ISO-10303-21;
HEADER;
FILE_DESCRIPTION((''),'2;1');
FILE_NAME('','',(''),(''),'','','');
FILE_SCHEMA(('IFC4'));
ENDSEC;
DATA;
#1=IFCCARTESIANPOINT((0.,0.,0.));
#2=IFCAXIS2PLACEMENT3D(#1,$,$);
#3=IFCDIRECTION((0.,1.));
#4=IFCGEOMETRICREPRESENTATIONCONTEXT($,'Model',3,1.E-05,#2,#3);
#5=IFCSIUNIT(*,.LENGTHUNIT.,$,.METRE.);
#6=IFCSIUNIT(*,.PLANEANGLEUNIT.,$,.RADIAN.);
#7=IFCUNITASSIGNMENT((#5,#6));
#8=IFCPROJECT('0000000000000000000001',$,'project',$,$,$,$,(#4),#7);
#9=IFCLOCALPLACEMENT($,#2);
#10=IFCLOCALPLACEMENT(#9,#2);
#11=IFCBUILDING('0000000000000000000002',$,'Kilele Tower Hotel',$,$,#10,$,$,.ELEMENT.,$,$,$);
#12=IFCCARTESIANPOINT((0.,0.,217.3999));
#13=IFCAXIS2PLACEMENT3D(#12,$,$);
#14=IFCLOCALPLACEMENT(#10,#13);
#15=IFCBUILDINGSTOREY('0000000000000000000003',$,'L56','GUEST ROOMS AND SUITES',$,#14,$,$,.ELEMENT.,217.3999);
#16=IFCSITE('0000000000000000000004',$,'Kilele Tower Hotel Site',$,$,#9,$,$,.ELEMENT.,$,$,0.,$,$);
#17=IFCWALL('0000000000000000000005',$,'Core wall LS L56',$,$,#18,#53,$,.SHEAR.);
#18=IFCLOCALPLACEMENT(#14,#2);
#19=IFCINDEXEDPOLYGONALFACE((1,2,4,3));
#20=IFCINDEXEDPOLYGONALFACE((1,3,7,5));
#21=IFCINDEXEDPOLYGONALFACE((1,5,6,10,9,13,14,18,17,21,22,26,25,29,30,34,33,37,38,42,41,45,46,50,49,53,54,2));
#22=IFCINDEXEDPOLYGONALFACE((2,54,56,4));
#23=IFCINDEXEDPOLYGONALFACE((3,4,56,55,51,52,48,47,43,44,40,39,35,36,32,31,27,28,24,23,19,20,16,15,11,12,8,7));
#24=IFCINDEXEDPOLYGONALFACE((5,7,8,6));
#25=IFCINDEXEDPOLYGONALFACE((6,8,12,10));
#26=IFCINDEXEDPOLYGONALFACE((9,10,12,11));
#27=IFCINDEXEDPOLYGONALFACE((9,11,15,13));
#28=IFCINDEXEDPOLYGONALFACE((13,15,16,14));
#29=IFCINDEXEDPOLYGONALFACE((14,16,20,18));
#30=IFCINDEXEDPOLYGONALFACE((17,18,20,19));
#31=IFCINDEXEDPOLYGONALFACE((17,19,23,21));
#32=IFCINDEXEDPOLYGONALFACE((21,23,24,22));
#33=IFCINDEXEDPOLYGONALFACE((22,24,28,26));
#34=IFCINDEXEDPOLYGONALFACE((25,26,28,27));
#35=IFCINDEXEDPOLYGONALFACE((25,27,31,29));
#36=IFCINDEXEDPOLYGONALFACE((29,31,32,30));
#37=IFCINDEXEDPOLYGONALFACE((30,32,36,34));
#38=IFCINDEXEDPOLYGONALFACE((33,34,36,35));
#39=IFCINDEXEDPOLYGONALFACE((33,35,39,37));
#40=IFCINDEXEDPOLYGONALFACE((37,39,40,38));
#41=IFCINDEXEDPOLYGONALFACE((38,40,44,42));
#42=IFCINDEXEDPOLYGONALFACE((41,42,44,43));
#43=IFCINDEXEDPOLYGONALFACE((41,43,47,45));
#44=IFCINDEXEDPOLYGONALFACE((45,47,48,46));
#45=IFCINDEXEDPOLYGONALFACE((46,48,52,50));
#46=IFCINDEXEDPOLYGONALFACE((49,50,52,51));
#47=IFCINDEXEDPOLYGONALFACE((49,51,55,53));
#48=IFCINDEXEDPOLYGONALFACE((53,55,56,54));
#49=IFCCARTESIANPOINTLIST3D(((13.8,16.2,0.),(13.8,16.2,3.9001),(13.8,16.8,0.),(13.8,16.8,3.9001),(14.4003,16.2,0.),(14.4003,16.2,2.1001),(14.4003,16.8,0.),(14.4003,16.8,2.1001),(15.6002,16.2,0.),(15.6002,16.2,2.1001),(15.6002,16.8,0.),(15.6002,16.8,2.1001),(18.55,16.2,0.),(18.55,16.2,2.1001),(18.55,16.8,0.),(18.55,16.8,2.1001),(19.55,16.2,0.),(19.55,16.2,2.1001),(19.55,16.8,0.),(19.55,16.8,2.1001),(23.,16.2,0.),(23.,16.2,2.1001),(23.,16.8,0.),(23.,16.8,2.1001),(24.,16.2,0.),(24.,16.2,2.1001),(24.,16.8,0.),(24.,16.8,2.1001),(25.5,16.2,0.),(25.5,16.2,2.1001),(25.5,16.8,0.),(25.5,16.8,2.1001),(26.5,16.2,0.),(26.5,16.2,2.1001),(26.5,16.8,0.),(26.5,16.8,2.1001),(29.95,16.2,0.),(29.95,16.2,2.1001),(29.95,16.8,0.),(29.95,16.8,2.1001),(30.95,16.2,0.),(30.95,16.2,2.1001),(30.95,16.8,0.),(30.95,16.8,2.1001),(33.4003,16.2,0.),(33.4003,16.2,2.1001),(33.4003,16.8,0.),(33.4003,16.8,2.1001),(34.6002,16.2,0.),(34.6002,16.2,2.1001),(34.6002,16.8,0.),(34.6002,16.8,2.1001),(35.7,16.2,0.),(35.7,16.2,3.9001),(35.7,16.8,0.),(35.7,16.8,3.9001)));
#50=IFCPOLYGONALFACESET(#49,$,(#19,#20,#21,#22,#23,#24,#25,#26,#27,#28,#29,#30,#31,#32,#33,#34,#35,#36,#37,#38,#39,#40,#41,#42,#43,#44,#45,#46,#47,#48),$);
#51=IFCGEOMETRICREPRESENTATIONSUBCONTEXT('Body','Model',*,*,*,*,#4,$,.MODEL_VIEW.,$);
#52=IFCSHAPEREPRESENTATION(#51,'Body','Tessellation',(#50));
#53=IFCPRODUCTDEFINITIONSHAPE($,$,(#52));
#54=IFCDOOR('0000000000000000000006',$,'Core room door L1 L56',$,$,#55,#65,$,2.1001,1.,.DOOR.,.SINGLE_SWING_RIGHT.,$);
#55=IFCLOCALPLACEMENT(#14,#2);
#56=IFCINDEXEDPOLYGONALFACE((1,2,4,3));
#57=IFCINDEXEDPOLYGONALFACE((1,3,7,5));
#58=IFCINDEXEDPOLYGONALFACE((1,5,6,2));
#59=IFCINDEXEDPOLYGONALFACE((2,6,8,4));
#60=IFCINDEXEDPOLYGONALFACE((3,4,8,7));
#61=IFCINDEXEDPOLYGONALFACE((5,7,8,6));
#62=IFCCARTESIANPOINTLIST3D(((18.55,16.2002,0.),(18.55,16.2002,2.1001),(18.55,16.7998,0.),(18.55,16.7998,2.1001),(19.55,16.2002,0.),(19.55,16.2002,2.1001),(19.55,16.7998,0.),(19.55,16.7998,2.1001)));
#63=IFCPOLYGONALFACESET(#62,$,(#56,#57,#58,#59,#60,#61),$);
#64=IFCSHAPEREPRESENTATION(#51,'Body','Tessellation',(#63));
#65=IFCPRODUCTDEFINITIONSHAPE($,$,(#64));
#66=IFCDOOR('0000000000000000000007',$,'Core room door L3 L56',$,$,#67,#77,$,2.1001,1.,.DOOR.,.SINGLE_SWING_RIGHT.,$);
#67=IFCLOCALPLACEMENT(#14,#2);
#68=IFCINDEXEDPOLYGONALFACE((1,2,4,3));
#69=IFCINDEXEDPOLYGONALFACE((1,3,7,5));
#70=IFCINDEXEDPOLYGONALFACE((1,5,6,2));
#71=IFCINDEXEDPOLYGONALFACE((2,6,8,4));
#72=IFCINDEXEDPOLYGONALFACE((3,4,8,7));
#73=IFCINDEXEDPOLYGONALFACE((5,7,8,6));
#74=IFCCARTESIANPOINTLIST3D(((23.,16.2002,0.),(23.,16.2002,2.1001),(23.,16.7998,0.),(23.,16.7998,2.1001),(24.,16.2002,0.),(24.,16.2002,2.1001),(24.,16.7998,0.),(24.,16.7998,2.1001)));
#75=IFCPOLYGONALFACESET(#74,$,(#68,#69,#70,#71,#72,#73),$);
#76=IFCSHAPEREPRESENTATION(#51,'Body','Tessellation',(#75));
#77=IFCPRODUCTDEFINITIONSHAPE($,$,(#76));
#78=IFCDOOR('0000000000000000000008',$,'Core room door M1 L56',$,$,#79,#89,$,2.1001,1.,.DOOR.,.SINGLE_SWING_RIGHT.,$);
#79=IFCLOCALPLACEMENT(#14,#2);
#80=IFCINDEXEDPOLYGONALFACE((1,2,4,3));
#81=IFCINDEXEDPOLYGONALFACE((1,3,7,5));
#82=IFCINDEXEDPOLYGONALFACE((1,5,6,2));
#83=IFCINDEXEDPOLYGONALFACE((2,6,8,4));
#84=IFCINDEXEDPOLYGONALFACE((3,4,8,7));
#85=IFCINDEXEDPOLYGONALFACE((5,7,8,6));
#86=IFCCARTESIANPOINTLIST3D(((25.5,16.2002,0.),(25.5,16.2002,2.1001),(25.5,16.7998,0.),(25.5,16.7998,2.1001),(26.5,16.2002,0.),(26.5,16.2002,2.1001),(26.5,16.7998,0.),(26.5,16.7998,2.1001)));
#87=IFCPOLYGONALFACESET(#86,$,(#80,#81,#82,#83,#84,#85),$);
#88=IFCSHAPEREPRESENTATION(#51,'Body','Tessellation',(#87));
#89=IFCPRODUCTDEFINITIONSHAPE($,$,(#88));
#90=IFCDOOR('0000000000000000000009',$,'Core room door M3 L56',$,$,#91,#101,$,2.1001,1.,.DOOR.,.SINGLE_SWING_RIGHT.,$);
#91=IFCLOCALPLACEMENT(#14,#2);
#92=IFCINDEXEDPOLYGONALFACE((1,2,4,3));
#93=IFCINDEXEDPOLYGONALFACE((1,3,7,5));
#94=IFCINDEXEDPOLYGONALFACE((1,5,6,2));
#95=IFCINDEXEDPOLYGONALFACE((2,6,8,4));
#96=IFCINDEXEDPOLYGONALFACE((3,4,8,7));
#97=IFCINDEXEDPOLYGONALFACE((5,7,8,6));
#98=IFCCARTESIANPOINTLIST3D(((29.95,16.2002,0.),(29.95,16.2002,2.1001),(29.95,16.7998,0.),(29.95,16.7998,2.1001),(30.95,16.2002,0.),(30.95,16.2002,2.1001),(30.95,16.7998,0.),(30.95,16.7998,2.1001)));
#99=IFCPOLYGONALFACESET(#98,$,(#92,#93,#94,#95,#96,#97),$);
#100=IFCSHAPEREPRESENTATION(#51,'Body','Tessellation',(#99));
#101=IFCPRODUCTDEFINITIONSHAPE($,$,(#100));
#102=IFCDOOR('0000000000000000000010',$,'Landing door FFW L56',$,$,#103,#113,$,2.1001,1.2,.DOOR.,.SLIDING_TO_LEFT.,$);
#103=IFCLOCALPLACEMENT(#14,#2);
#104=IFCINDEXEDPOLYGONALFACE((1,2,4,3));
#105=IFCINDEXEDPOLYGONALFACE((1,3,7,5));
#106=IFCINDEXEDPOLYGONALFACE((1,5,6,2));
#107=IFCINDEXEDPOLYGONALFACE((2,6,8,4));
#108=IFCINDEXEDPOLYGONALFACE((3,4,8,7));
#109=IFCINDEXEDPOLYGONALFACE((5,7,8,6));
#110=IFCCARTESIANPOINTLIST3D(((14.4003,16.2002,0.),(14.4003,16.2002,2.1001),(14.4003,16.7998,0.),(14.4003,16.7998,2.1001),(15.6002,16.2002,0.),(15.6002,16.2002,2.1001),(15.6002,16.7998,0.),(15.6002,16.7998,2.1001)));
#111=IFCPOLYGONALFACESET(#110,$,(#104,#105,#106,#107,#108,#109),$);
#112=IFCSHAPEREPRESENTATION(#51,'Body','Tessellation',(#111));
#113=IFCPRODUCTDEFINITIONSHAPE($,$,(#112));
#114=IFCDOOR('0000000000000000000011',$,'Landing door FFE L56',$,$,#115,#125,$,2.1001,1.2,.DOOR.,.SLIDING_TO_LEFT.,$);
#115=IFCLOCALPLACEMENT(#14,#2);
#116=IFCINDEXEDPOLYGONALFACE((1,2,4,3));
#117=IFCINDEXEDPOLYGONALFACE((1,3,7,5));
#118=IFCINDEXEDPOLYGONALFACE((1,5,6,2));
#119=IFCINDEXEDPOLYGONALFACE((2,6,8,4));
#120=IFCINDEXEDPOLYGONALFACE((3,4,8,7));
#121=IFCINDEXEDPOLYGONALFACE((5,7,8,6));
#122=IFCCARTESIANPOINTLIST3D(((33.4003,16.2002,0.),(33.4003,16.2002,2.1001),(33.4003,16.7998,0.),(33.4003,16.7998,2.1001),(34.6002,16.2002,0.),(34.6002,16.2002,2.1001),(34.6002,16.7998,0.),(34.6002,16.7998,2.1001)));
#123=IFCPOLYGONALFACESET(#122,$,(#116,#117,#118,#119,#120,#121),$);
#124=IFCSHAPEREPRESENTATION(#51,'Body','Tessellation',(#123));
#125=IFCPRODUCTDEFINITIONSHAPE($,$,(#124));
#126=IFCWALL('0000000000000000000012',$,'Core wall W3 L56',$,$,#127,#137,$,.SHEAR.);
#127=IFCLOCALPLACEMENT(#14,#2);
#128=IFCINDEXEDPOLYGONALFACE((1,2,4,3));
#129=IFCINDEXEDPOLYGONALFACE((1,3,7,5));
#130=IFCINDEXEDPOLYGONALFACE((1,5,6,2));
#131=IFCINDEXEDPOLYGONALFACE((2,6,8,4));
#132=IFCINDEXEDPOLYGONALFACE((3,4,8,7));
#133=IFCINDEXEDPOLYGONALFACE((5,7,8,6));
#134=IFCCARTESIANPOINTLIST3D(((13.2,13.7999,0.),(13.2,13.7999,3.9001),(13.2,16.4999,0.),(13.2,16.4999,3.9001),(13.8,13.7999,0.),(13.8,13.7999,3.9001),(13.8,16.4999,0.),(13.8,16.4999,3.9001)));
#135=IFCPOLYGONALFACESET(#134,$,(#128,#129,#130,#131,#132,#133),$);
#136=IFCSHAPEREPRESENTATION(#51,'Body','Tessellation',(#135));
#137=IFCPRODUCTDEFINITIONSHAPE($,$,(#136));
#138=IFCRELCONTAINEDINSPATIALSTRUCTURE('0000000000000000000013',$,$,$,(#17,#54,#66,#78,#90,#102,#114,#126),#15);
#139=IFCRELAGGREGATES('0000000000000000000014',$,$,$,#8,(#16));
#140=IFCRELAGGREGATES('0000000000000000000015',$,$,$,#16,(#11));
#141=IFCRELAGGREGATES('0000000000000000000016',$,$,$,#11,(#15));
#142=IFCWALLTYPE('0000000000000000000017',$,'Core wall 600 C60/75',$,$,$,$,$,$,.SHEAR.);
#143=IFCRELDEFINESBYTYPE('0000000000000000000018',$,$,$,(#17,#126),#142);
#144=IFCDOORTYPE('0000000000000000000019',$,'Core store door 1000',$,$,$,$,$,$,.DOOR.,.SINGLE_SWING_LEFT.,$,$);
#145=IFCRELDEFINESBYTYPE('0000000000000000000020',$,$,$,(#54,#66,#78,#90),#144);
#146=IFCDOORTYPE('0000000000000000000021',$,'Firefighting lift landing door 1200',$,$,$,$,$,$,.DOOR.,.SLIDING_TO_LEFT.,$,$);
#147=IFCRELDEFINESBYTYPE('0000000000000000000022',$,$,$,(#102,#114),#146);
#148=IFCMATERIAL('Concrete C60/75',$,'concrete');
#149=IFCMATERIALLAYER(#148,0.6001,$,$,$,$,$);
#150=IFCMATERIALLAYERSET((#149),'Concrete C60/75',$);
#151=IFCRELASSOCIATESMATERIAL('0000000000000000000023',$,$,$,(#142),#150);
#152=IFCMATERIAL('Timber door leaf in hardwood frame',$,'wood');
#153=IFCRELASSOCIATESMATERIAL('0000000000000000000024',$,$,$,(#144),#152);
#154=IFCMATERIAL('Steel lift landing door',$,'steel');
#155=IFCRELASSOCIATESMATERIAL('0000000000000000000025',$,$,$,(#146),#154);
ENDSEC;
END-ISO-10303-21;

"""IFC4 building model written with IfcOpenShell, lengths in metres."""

from ifc_helpers import new_model, si_unit, direction, frame, frame_2d, origin, place, context, subcontext, project, spatial, rectangle, extrude, material, layer, layer_set, type_object, element, fill, save


model = new_model("IFC4")

# Units and contexts
model_context = context("Model", 3, precision=1e-05, world=origin(), true_north=direction((0.0, 1.0)))
body_context = subcontext(model_context, "Body", "Model", "MODEL_VIEW")
ifc_project = project(units=[si_unit("LENGTHUNIT", "METRE"), si_unit("PLANEANGLEUNIT", "RADIAN")], contexts=[model_context])

# Site, building, storey
site_placement = place(None, origin())
site = spatial("IfcSite", under=ifc_project, at=site_placement, Name="Kilele Tower Hotel Site", CompositionType="ELEMENT", RefElevation=0.0)
building_placement = place(site_placement, origin())
building = spatial("IfcBuilding", under=site, at=building_placement, Name="Kilele Tower Hotel", CompositionType="ELEMENT")
storey_placement = place(building_placement, frame((0.0, 0.0, 217.3999)))
storey = spatial("IfcBuildingStorey", under=building, at=storey_placement, Name="L56", Description="GUEST ROOMS AND SUITES", CompositionType="ELEMENT", Elevation=217.3999)

# Shared definitions
ifc_material_1 = material(Name="Concrete C60/75", Category="concrete")
ifc_layer = layer(ifc_material_1, 0.6001)
ifc_layer_set = layer_set([ifc_layer], Name="Concrete C60/75")
wall_type = type_object("IfcWallType", Name="Core wall 600 C60/75", PredefinedType="SHEAR", material=ifc_layer_set)

# Wall, openings, doors
wall_1_placement = place(storey_placement, frame((13.8, 16.5, 0.0), z_axis=(0.0, 0.0, 1.0), x_axis=(1.0, 0.0, 0.0)))
wall_1 = element("IfcWall", 1, at=wall_1_placement, inside=storey, type_object=wall_type, Name="Core wall LS L56", PredefinedType="SHEAR", context=body_context, shape_type="SweptSolid", body=[
    extrude(rectangle(XDim=21.8999, YDim=0.6001, at=frame_2d((10.95, 0.0))), origin(), (0.0, 0.0, 1.0), 3.9001),
])
opening_1_placement = place(wall_1_placement, frame((5.75, 0.0, 0.0), z_axis=(0.0, 0.0, 1.0), x_axis=(-1.0, 0.0, 0.0)))
opening_1 = element("IfcOpeningElement", 2, at=opening_1_placement, cuts=wall_1, PredefinedType="OPENING", context=body_context, shape_type="SweptSolid", body=[
    extrude(rectangle(XDim=1.0, YDim=2.1001, at=frame_2d((0.5, 1.05))), frame((0.0, 0.3101, 0.0), z_axis=(0.0, -1.0, 0.0), x_axis=(1.0, 0.0, 0.0)), (0.0, 0.0, 1.0), 0.6201),
])
opening_2_placement = place(wall_1_placement, frame((10.2, 0.0, 0.0), z_axis=(0.0, 0.0, 1.0), x_axis=(-1.0, 0.0, 0.0)))
opening_2 = element("IfcOpeningElement", 3, at=opening_2_placement, cuts=wall_1, PredefinedType="OPENING", context=body_context, shape_type="SweptSolid", body=[
    extrude(rectangle(XDim=1.0, YDim=2.1001, at=frame_2d((0.5, 1.05))), frame((0.0, 0.3101, 0.0), z_axis=(0.0, -1.0, 0.0), x_axis=(1.0, 0.0, 0.0)), (0.0, 0.0, 1.0), 0.6201),
])
opening_3_placement = place(wall_1_placement, frame((12.7, 0.0, 0.0), z_axis=(0.0, 0.0, 1.0), x_axis=(-1.0, 0.0, 0.0)))
opening_3 = element("IfcOpeningElement", 4, at=opening_3_placement, cuts=wall_1, PredefinedType="OPENING", context=body_context, shape_type="SweptSolid", body=[
    extrude(rectangle(XDim=1.0, YDim=2.1001, at=frame_2d((0.5, 1.05))), frame((0.0, 0.3101, 0.0), z_axis=(0.0, -1.0, 0.0), x_axis=(1.0, 0.0, 0.0)), (0.0, 0.0, 1.0), 0.6201),
])
opening_4_placement = place(wall_1_placement, frame((17.1499, 0.0, 0.0), z_axis=(0.0, 0.0, 1.0), x_axis=(-1.0, 0.0, 0.0)))
opening_4 = element("IfcOpeningElement", 5, at=opening_4_placement, cuts=wall_1, PredefinedType="OPENING", context=body_context, shape_type="SweptSolid", body=[
    extrude(rectangle(XDim=1.0, YDim=2.1001, at=frame_2d((0.5, 1.05))), frame((0.0, 0.3101, 0.0), z_axis=(0.0, -1.0, 0.0), x_axis=(1.0, 0.0, 0.0)), (0.0, 0.0, 1.0), 0.6201),
])
opening_5_placement = place(wall_1_placement, frame((0.6001, 0.0, 0.0)))
opening_5 = element("IfcOpeningElement", 6, at=opening_5_placement, cuts=wall_1, PredefinedType="OPENING", context=body_context, shape_type="SweptSolid", body=[
    extrude(rectangle(XDim=1.2, YDim=2.1001, at=frame_2d((0.6001, 1.05))), frame((0.0, 0.3101, 0.0), z_axis=(0.0, -1.0, 0.0), x_axis=(1.0, 0.0, 0.0)), (0.0, 0.0, 1.0), 0.6201),
])
opening_6_placement = place(wall_1_placement, frame((19.6001, 0.0, 0.0)))
opening_6 = element("IfcOpeningElement", 7, at=opening_6_placement, cuts=wall_1, PredefinedType="OPENING", context=body_context, shape_type="SweptSolid", body=[
    extrude(rectangle(XDim=1.2, YDim=2.1001, at=frame_2d((0.6001, 1.05))), frame((0.0, 0.3101, 0.0), z_axis=(0.0, -1.0, 0.0), x_axis=(1.0, 0.0, 0.0)), (0.0, 0.0, 1.0), 0.6201),
])
ifc_material_2 = material(Name="Timber door leaf in hardwood frame", Category="wood")
door_type_1 = type_object("IfcDoorType", Name="Core store door 1000", OperationType="SINGLE_SWING_LEFT", PredefinedType="DOOR", material=ifc_material_2)
door_1_placement = place(opening_1_placement, origin())
door_1 = element("IfcDoor", 8, at=door_1_placement, inside=storey, type_object=door_type_1, Name="Core room door L1 L56", OperationType="SINGLE_SWING_RIGHT", OverallHeight=2.1001, OverallWidth=1.0, PredefinedType="DOOR", context=body_context, shape_type="SweptSolid", body=[
    extrude(rectangle(XDim=1.0, YDim=2.1001, at=frame_2d((0.5, 1.05))), frame((0.0, 0.2998, 0.0), z_axis=(0.0, -1.0, 0.0), x_axis=(1.0, 0.0, 0.0)), (0.0, 0.0, 1.0), 0.5996),
])
fill(opening_1, door_1)
door_2_placement = place(opening_2_placement, origin())
door_2 = element("IfcDoor", 9, at=door_2_placement, inside=storey, type_object=door_type_1, Name="Core room door L3 L56", OperationType="SINGLE_SWING_RIGHT", OverallHeight=2.1001, OverallWidth=1.0, PredefinedType="DOOR", context=body_context, shape_type="SweptSolid", body=[
    extrude(rectangle(XDim=1.0, YDim=2.1001, at=frame_2d((0.5, 1.05))), frame((0.0, 0.2998, 0.0), z_axis=(0.0, -1.0, 0.0), x_axis=(1.0, 0.0, 0.0)), (0.0, 0.0, 1.0), 0.5996),
])
fill(opening_2, door_2)
door_3_placement = place(opening_3_placement, origin())
door_3 = element("IfcDoor", 10, at=door_3_placement, inside=storey, type_object=door_type_1, Name="Core room door M1 L56", OperationType="SINGLE_SWING_RIGHT", OverallHeight=2.1001, OverallWidth=1.0, PredefinedType="DOOR", context=body_context, shape_type="SweptSolid", body=[
    extrude(rectangle(XDim=1.0, YDim=2.1001, at=frame_2d((0.5, 1.05))), frame((0.0, 0.2998, 0.0), z_axis=(0.0, -1.0, 0.0), x_axis=(1.0, 0.0, 0.0)), (0.0, 0.0, 1.0), 0.5996),
])
fill(opening_3, door_3)
door_4_placement = place(opening_4_placement, origin())
door_4 = element("IfcDoor", 11, at=door_4_placement, inside=storey, type_object=door_type_1, Name="Core room door M3 L56", OperationType="SINGLE_SWING_RIGHT", OverallHeight=2.1001, OverallWidth=1.0, PredefinedType="DOOR", context=body_context, shape_type="SweptSolid", body=[
    extrude(rectangle(XDim=1.0, YDim=2.1001, at=frame_2d((0.5, 1.05))), frame((0.0, 0.2998, 0.0), z_axis=(0.0, -1.0, 0.0), x_axis=(1.0, 0.0, 0.0)), (0.0, 0.0, 1.0), 0.5996),
])
fill(opening_4, door_4)
ifc_material_3 = material(Name="Steel lift landing door", Category="steel")
door_type_2 = type_object("IfcDoorType", Name="Firefighting lift landing door 1200", OperationType="SLIDING_TO_LEFT", PredefinedType="DOOR", material=ifc_material_3)
door_5_placement = place(opening_5_placement, origin())
door_5 = element("IfcDoor", 12, at=door_5_placement, inside=storey, type_object=door_type_2, Name="Landing door FFW L56", OperationType="SLIDING_TO_LEFT", OverallHeight=2.1001, OverallWidth=1.2, PredefinedType="DOOR", context=body_context, shape_type="SweptSolid", body=[
    extrude(rectangle(XDim=1.2, YDim=2.1001, at=frame_2d((0.6001, 1.05))), frame((0.0, 0.2998, 0.0), z_axis=(0.0, -1.0, 0.0), x_axis=(1.0, 0.0, 0.0)), (0.0, 0.0, 1.0), 0.5996),
])
fill(opening_5, door_5)
door_6_placement = place(opening_6_placement, origin())
door_6 = element("IfcDoor", 13, at=door_6_placement, inside=storey, type_object=door_type_2, Name="Landing door FFE L56", OperationType="SLIDING_TO_LEFT", OverallHeight=2.1001, OverallWidth=1.2, PredefinedType="DOOR", context=body_context, shape_type="SweptSolid", body=[
    extrude(rectangle(XDim=1.2, YDim=2.1001, at=frame_2d((0.6001, 1.05))), frame((0.0, 0.2998, 0.0), z_axis=(0.0, -1.0, 0.0), x_axis=(1.0, 0.0, 0.0)), (0.0, 0.0, 1.0), 0.5996),
])
fill(opening_6, door_6)

# Wall
wall_2_placement = place(storey_placement, frame((13.5, 16.5, 0.0), z_axis=(0.0, 0.0, 1.0), x_axis=(0.0, -1.0, 0.0)))
element("IfcWall", 14, at=wall_2_placement, inside=storey, type_object=wall_type, Name="Core wall W3 L56", PredefinedType="SHEAR", context=body_context, shape_type="SweptSolid", body=[
    extrude(rectangle(XDim=2.7, YDim=0.6001, at=frame_2d((1.3501, 0.0))), origin(), (0.0, 0.0, 1.0), 3.9001),
])

save(model, "model.ifc")
